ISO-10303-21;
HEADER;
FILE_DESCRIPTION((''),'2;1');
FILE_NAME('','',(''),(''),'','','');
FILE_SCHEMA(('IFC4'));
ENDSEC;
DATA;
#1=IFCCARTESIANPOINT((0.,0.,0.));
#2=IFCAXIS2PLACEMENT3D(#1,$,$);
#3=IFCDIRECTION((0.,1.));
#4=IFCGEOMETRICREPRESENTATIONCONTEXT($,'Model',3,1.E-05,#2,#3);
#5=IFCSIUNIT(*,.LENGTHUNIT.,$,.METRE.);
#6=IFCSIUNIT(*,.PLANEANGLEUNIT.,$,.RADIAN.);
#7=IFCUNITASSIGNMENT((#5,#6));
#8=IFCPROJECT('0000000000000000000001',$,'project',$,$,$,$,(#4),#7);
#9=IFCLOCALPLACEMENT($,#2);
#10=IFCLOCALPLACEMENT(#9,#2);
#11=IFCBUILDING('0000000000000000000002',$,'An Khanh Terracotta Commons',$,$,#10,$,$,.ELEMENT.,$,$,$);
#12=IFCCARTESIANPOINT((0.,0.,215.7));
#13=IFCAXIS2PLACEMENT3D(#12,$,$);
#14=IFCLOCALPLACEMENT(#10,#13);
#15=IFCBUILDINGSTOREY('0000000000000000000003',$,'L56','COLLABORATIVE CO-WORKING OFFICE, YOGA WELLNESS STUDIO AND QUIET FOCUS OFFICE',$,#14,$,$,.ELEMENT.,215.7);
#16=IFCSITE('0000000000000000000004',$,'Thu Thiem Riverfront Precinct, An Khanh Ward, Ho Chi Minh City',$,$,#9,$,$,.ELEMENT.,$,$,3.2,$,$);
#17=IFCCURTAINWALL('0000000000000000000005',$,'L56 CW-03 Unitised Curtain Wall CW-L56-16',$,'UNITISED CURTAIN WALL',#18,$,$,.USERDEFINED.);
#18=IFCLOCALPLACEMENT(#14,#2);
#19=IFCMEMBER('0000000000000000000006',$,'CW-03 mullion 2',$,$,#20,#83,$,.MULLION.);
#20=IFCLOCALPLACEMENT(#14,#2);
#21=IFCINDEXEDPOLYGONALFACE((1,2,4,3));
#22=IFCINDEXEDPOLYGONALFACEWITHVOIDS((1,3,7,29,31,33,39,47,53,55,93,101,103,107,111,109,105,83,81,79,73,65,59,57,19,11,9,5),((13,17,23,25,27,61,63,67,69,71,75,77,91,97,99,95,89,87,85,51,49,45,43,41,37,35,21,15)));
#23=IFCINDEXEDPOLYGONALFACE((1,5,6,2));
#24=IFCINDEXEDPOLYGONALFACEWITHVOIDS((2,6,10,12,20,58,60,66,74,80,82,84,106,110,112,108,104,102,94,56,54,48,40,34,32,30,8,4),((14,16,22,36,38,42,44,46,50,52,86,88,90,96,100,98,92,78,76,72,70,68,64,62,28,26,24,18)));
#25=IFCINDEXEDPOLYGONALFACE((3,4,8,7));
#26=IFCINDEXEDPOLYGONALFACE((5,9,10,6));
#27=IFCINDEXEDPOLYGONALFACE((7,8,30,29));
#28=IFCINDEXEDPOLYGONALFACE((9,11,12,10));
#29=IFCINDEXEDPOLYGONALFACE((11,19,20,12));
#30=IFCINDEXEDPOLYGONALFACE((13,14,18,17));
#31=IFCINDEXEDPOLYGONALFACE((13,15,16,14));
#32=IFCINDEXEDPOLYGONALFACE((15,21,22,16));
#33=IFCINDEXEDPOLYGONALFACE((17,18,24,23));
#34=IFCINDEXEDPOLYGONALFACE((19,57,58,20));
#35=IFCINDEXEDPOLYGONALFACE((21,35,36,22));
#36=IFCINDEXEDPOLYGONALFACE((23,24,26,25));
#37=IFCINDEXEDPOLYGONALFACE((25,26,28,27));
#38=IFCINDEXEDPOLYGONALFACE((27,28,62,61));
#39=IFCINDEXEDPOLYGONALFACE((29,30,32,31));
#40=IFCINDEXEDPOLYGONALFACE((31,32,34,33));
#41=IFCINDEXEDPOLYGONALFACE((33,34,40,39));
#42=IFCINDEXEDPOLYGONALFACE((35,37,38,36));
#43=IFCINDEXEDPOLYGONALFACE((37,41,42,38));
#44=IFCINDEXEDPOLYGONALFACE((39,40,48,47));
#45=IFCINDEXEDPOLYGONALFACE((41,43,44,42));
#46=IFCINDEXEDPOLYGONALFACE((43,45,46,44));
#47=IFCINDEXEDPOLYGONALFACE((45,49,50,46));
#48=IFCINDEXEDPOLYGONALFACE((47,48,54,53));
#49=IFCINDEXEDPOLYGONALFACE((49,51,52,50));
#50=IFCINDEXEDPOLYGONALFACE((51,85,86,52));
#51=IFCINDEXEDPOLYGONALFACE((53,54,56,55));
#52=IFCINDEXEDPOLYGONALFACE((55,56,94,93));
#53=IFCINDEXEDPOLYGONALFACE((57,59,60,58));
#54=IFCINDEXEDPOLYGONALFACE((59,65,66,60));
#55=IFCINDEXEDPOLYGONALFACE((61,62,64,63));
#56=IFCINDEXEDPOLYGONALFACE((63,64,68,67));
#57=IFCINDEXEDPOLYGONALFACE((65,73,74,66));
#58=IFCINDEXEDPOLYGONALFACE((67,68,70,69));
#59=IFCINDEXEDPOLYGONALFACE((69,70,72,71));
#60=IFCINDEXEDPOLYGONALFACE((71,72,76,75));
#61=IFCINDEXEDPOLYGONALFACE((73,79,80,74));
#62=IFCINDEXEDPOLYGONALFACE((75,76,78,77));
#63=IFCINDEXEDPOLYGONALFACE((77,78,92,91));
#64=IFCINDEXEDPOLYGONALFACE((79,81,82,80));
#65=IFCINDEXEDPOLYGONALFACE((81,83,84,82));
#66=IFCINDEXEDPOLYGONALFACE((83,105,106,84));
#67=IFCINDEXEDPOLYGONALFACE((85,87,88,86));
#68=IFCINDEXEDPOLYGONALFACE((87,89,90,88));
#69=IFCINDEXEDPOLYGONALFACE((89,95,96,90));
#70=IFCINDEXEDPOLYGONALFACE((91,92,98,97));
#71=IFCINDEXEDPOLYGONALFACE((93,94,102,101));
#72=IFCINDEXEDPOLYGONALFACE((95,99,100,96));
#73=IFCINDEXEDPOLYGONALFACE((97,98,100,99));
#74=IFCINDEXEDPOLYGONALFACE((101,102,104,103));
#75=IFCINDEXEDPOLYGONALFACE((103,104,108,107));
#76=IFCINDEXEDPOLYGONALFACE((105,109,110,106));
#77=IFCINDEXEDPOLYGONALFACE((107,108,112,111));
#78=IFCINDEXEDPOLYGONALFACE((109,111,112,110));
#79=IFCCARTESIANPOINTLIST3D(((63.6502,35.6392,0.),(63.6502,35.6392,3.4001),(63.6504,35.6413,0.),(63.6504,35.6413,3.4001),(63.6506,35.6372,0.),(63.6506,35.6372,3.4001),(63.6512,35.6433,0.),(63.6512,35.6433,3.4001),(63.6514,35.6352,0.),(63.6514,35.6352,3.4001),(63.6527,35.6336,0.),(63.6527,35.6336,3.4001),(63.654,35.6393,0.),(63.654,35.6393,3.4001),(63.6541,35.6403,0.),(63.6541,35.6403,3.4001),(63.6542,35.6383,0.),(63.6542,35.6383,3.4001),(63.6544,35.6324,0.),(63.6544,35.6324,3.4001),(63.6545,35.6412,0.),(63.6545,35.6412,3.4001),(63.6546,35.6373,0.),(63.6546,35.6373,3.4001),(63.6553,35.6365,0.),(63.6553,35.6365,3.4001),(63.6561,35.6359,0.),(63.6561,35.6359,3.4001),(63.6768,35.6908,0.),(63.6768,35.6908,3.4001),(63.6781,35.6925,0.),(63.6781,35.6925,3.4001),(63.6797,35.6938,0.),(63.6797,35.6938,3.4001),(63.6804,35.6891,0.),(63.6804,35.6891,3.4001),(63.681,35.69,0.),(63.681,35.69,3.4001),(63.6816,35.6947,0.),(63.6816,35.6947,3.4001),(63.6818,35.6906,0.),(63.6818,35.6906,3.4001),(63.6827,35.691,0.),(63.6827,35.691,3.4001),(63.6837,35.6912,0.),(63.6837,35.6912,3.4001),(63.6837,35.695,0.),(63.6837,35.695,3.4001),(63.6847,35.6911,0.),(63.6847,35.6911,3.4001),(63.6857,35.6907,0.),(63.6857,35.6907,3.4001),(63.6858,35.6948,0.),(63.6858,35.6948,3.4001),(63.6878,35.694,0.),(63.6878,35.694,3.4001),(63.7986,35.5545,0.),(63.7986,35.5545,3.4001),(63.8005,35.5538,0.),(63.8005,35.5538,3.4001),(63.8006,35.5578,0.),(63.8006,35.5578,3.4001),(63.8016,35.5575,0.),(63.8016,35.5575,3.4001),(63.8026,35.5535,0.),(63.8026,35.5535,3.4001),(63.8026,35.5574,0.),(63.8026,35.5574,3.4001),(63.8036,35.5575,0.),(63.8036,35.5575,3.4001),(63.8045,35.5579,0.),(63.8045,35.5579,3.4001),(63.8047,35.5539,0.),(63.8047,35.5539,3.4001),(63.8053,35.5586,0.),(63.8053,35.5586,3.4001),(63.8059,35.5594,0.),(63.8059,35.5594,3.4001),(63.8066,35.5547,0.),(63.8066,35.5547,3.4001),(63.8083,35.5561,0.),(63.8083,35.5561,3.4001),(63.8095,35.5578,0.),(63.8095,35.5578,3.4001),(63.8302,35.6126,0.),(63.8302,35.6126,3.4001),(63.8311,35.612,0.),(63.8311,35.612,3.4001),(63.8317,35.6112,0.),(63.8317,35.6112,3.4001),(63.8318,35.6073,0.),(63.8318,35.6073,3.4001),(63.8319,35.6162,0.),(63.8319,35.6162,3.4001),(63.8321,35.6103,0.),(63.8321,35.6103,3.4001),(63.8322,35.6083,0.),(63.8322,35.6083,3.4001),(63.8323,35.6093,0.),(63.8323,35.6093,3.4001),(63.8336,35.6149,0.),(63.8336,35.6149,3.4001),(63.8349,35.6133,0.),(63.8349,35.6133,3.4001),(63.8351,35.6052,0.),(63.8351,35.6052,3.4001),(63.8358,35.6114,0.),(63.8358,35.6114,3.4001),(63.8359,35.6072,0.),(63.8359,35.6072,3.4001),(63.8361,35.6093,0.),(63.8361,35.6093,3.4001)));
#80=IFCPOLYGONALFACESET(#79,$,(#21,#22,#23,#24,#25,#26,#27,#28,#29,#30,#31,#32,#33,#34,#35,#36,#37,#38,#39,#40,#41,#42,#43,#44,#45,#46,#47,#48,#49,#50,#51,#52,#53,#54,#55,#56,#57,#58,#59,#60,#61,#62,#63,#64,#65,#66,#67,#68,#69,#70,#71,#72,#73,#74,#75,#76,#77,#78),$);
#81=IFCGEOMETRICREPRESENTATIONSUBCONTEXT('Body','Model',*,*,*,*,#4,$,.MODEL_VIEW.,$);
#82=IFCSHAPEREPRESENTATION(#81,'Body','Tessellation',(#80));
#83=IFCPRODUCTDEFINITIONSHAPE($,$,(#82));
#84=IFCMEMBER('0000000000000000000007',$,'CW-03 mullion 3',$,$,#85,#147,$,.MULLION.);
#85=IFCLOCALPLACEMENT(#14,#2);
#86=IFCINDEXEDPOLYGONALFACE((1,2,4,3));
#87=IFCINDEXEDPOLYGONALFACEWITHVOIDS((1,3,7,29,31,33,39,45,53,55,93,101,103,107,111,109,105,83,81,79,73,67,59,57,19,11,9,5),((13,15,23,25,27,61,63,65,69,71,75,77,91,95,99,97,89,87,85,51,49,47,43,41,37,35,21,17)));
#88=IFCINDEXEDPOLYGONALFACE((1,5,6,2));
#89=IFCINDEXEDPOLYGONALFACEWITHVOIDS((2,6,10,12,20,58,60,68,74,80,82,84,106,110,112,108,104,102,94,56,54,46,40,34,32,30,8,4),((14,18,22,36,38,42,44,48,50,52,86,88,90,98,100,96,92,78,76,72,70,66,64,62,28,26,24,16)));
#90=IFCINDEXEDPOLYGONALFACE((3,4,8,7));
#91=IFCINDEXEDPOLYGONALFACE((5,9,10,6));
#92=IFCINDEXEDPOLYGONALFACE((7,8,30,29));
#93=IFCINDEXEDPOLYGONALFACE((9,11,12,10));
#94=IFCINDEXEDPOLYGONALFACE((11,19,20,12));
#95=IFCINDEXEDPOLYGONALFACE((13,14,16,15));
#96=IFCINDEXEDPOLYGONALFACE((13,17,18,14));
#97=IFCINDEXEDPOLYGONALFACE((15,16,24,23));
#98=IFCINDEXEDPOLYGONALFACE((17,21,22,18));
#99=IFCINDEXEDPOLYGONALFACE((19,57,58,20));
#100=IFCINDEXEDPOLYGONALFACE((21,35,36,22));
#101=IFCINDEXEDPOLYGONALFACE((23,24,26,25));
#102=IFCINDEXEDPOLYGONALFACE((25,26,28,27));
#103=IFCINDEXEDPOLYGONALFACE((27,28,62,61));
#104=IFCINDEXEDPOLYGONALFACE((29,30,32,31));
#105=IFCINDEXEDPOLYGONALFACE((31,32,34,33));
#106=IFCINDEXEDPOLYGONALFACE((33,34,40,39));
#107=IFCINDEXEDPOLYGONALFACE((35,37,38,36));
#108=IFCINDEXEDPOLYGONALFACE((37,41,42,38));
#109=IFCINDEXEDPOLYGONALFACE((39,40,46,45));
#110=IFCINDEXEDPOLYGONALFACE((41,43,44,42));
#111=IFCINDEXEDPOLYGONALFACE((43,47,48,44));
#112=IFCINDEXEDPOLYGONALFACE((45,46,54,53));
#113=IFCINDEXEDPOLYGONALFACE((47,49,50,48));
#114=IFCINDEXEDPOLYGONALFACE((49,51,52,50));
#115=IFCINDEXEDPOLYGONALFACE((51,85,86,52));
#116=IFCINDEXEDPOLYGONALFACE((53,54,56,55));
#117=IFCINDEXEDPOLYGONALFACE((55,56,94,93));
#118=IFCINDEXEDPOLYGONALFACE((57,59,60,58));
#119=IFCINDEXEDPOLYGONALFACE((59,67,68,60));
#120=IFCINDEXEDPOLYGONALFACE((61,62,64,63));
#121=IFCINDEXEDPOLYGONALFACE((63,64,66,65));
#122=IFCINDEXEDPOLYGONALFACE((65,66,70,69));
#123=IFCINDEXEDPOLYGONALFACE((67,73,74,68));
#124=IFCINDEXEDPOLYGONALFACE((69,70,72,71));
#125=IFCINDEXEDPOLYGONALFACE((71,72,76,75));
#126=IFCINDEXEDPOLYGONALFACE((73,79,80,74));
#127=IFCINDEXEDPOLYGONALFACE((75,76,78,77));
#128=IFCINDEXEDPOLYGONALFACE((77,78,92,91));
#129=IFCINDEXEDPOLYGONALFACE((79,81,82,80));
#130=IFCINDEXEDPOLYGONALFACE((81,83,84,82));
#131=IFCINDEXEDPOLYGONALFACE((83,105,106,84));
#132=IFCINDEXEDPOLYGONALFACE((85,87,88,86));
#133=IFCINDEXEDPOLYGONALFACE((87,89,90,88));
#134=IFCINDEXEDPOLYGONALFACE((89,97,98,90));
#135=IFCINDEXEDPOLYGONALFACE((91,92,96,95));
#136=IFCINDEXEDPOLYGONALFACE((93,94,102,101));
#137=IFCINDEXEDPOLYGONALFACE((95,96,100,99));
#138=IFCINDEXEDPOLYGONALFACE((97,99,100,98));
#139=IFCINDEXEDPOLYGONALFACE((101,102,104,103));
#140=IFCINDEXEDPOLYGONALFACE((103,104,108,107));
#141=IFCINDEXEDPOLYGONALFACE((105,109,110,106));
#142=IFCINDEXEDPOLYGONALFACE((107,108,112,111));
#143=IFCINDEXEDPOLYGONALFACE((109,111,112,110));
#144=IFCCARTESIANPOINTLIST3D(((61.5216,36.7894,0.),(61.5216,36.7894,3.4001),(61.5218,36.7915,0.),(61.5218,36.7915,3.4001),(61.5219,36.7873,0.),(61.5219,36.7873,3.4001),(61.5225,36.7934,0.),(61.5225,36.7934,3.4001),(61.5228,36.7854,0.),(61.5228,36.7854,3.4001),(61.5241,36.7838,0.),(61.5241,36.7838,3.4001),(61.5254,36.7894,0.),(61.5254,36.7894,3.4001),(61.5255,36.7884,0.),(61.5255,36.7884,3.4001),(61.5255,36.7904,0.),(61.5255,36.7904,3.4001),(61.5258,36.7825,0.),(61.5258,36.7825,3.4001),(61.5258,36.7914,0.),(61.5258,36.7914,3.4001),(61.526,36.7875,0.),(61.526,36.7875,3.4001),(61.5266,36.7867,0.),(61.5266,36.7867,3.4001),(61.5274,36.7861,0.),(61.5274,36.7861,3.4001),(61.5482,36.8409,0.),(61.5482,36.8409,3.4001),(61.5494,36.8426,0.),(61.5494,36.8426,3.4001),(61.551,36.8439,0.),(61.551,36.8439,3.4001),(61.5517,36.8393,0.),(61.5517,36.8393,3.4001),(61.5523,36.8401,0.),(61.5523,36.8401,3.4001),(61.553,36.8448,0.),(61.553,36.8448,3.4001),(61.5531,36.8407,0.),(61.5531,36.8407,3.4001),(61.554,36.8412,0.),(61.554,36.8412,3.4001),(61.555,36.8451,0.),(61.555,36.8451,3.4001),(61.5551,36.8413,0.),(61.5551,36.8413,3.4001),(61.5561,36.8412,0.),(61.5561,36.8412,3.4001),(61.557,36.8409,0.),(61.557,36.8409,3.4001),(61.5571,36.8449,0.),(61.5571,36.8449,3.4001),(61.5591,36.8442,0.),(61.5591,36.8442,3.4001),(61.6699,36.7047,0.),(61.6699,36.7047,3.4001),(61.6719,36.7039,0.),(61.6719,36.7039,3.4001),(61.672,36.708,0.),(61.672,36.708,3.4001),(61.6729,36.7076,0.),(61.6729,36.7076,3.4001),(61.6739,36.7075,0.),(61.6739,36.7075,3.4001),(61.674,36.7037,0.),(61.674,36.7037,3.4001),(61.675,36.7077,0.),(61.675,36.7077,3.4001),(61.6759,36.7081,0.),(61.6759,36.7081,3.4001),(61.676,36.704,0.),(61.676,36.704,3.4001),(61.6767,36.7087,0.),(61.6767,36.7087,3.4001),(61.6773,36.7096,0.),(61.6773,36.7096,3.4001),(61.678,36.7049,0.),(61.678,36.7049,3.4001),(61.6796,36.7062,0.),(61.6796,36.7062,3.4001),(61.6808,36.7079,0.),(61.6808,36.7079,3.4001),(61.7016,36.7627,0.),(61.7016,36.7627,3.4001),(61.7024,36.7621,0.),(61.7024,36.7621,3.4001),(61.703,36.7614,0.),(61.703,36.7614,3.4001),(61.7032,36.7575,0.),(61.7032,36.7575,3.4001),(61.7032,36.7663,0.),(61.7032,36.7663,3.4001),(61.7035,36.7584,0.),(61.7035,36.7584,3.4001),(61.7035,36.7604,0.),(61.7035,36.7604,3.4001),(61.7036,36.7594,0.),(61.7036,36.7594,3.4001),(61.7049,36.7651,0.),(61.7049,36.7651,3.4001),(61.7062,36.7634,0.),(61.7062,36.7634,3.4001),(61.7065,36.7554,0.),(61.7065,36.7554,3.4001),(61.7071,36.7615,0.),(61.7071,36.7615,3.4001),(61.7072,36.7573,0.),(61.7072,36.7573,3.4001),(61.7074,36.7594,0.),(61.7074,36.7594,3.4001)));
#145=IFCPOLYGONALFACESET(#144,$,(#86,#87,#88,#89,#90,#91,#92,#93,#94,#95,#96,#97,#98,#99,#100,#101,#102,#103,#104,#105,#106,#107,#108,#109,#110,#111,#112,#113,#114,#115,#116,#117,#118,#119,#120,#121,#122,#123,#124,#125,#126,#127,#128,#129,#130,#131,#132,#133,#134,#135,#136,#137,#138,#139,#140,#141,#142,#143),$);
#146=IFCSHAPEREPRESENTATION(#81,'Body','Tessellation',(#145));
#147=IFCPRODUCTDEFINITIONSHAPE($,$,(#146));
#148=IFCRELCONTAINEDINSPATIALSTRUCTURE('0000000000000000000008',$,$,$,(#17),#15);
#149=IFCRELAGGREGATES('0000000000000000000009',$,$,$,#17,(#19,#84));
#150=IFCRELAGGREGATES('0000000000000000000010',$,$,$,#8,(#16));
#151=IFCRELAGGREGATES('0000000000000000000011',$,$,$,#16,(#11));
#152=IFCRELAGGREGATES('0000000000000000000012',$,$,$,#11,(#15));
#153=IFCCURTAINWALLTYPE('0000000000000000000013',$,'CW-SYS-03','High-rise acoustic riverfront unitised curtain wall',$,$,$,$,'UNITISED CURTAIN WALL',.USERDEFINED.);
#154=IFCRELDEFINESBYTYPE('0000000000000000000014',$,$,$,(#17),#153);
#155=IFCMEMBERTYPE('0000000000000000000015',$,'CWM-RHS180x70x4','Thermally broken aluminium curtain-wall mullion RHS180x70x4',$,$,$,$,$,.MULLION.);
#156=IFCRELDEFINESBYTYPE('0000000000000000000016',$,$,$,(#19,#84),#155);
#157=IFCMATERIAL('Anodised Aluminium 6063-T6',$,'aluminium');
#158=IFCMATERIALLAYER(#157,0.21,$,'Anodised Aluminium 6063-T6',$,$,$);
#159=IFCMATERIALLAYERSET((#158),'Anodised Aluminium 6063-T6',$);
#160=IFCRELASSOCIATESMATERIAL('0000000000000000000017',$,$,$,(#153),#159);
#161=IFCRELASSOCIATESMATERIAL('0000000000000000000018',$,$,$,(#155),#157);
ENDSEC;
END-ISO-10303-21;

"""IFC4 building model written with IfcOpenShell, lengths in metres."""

from ifc_helpers import new_model, si_unit, direction, frame, origin, origin_2d, place, context, subcontext, project, spatial, hollow_rectangle, extrude, material, layer, layer_set, material_profile, profile_set, type_object, element, aggregate, save


model = new_model("IFC4")

# Units and contexts
model_context = context("Model", 3, precision=1e-05, world=origin(), true_north=direction((0.0, 1.0)))
body_context = subcontext(model_context, "Body", "Model", "MODEL_VIEW")
ifc_project = project(units=[si_unit("LENGTHUNIT", "METRE"), si_unit("PLANEANGLEUNIT", "RADIAN")], contexts=[model_context])

# Site, building, storey
site_placement = place(None, origin())
site = spatial("IfcSite", under=ifc_project, at=site_placement, Name="Thu Thiem Riverfront Precinct, An Khanh Ward, Ho Chi Minh City", CompositionType="ELEMENT", RefElevation=3.2)
building_placement = place(site_placement, origin())
building = spatial("IfcBuilding", under=site, at=building_placement, Name="An Khanh Terracotta Commons", CompositionType="ELEMENT")
storey_placement = place(building_placement, frame((0.0, 0.0, 215.7)))
storey = spatial("IfcBuildingStorey", under=building, at=storey_placement, Name="L56", Description="COLLABORATIVE CO-WORKING OFFICE, YOGA WELLNESS STUDIO AND QUIET FOCUS OFFICE", CompositionType="ELEMENT", Elevation=215.7)

# Curtain wall, members
ifc_material_1 = material(Name="Anodised Aluminium 6063-T6", Category="aluminium")
ifc_layer_1 = layer(ifc_material_1, 0.21, Name="Anodised Aluminium 6063-T6")
ifc_layer_set_1 = layer_set([ifc_layer_1], Name="Anodised Aluminium 6063-T6")
curtain_wall_type = type_object("IfcCurtainWallType", Name="CW-SYS-03", Description="High-rise acoustic riverfront unitised curtain wall", ElementType="UNITISED CURTAIN WALL", PredefinedType="USERDEFINED", material=ifc_layer_set_1)
ifc_material_profile_1 = material_profile(ifc_material_1, hollow_rectangle(XDim=0.0701, YDim=0.1799, WallThickness=0.0039, InnerFilletRadius=0.0039, OuterFilletRadius=0.0081, at=origin_2d()), Name="RHS180x70x4")
ifc_profile_set_1 = profile_set([ifc_material_profile_1], Name="Anodised Aluminium 6063-T6")
member_type_1 = type_object("IfcMemberType", Name="CWM-RHS180x70x4", Description="Thermally broken aluminium curtain-wall mullion RHS180x70x4", PredefinedType="MULLION", material=ifc_profile_set_1)
curtain_wall_1_placement = place(storey_placement, origin())
curtain_wall_1 = element("IfcCurtainWall", 1, at=curtain_wall_1_placement, inside=storey, type_object=curtain_wall_type, Name="L56 CW-03 Unitised Curtain Wall CW-L56-16", ObjectType="UNITISED CURTAIN WALL", PredefinedType="USERDEFINED")
member_1_placement = place(storey_placement, frame((63.7432, 35.6243, 0.0), z_axis=(0.0, 0.0, 1.0), x_axis=(-0.475381, -0.87978, 0.0)))
member_1 = element("IfcMember", 2, at=member_1_placement, type_object=member_type_1, Name="CW-03 mullion 2", PredefinedType="MULLION", context=body_context, shape_type="SweptSolid", body=[
    extrude(hollow_rectangle(XDim=0.0701, YDim=0.1799, WallThickness=0.0039, InnerFilletRadius=0.0039, OuterFilletRadius=0.0081, at=origin_2d()), origin(), (0.0, 0.0, 1.0), 3.4001),
])
member_2_placement = place(storey_placement, frame((61.6145, 36.7744, 0.0), z_axis=(0.0, 0.0, 1.0), x_axis=(-0.475381, -0.87978, 0.0)))
member_2 = element("IfcMember", 3, at=member_2_placement, type_object=member_type_1, Name="CW-03 mullion 3", PredefinedType="MULLION", context=body_context, shape_type="SweptSolid", body=[
    extrude(hollow_rectangle(XDim=0.0701, YDim=0.1799, WallThickness=0.0039, InnerFilletRadius=0.0039, OuterFilletRadius=0.0081, at=origin_2d()), origin(), (0.0, 0.0, 1.0), 3.4001),
])

aggregate(curtain_wall_1, [member_1, member_2])

save(model, "model.ifc")
